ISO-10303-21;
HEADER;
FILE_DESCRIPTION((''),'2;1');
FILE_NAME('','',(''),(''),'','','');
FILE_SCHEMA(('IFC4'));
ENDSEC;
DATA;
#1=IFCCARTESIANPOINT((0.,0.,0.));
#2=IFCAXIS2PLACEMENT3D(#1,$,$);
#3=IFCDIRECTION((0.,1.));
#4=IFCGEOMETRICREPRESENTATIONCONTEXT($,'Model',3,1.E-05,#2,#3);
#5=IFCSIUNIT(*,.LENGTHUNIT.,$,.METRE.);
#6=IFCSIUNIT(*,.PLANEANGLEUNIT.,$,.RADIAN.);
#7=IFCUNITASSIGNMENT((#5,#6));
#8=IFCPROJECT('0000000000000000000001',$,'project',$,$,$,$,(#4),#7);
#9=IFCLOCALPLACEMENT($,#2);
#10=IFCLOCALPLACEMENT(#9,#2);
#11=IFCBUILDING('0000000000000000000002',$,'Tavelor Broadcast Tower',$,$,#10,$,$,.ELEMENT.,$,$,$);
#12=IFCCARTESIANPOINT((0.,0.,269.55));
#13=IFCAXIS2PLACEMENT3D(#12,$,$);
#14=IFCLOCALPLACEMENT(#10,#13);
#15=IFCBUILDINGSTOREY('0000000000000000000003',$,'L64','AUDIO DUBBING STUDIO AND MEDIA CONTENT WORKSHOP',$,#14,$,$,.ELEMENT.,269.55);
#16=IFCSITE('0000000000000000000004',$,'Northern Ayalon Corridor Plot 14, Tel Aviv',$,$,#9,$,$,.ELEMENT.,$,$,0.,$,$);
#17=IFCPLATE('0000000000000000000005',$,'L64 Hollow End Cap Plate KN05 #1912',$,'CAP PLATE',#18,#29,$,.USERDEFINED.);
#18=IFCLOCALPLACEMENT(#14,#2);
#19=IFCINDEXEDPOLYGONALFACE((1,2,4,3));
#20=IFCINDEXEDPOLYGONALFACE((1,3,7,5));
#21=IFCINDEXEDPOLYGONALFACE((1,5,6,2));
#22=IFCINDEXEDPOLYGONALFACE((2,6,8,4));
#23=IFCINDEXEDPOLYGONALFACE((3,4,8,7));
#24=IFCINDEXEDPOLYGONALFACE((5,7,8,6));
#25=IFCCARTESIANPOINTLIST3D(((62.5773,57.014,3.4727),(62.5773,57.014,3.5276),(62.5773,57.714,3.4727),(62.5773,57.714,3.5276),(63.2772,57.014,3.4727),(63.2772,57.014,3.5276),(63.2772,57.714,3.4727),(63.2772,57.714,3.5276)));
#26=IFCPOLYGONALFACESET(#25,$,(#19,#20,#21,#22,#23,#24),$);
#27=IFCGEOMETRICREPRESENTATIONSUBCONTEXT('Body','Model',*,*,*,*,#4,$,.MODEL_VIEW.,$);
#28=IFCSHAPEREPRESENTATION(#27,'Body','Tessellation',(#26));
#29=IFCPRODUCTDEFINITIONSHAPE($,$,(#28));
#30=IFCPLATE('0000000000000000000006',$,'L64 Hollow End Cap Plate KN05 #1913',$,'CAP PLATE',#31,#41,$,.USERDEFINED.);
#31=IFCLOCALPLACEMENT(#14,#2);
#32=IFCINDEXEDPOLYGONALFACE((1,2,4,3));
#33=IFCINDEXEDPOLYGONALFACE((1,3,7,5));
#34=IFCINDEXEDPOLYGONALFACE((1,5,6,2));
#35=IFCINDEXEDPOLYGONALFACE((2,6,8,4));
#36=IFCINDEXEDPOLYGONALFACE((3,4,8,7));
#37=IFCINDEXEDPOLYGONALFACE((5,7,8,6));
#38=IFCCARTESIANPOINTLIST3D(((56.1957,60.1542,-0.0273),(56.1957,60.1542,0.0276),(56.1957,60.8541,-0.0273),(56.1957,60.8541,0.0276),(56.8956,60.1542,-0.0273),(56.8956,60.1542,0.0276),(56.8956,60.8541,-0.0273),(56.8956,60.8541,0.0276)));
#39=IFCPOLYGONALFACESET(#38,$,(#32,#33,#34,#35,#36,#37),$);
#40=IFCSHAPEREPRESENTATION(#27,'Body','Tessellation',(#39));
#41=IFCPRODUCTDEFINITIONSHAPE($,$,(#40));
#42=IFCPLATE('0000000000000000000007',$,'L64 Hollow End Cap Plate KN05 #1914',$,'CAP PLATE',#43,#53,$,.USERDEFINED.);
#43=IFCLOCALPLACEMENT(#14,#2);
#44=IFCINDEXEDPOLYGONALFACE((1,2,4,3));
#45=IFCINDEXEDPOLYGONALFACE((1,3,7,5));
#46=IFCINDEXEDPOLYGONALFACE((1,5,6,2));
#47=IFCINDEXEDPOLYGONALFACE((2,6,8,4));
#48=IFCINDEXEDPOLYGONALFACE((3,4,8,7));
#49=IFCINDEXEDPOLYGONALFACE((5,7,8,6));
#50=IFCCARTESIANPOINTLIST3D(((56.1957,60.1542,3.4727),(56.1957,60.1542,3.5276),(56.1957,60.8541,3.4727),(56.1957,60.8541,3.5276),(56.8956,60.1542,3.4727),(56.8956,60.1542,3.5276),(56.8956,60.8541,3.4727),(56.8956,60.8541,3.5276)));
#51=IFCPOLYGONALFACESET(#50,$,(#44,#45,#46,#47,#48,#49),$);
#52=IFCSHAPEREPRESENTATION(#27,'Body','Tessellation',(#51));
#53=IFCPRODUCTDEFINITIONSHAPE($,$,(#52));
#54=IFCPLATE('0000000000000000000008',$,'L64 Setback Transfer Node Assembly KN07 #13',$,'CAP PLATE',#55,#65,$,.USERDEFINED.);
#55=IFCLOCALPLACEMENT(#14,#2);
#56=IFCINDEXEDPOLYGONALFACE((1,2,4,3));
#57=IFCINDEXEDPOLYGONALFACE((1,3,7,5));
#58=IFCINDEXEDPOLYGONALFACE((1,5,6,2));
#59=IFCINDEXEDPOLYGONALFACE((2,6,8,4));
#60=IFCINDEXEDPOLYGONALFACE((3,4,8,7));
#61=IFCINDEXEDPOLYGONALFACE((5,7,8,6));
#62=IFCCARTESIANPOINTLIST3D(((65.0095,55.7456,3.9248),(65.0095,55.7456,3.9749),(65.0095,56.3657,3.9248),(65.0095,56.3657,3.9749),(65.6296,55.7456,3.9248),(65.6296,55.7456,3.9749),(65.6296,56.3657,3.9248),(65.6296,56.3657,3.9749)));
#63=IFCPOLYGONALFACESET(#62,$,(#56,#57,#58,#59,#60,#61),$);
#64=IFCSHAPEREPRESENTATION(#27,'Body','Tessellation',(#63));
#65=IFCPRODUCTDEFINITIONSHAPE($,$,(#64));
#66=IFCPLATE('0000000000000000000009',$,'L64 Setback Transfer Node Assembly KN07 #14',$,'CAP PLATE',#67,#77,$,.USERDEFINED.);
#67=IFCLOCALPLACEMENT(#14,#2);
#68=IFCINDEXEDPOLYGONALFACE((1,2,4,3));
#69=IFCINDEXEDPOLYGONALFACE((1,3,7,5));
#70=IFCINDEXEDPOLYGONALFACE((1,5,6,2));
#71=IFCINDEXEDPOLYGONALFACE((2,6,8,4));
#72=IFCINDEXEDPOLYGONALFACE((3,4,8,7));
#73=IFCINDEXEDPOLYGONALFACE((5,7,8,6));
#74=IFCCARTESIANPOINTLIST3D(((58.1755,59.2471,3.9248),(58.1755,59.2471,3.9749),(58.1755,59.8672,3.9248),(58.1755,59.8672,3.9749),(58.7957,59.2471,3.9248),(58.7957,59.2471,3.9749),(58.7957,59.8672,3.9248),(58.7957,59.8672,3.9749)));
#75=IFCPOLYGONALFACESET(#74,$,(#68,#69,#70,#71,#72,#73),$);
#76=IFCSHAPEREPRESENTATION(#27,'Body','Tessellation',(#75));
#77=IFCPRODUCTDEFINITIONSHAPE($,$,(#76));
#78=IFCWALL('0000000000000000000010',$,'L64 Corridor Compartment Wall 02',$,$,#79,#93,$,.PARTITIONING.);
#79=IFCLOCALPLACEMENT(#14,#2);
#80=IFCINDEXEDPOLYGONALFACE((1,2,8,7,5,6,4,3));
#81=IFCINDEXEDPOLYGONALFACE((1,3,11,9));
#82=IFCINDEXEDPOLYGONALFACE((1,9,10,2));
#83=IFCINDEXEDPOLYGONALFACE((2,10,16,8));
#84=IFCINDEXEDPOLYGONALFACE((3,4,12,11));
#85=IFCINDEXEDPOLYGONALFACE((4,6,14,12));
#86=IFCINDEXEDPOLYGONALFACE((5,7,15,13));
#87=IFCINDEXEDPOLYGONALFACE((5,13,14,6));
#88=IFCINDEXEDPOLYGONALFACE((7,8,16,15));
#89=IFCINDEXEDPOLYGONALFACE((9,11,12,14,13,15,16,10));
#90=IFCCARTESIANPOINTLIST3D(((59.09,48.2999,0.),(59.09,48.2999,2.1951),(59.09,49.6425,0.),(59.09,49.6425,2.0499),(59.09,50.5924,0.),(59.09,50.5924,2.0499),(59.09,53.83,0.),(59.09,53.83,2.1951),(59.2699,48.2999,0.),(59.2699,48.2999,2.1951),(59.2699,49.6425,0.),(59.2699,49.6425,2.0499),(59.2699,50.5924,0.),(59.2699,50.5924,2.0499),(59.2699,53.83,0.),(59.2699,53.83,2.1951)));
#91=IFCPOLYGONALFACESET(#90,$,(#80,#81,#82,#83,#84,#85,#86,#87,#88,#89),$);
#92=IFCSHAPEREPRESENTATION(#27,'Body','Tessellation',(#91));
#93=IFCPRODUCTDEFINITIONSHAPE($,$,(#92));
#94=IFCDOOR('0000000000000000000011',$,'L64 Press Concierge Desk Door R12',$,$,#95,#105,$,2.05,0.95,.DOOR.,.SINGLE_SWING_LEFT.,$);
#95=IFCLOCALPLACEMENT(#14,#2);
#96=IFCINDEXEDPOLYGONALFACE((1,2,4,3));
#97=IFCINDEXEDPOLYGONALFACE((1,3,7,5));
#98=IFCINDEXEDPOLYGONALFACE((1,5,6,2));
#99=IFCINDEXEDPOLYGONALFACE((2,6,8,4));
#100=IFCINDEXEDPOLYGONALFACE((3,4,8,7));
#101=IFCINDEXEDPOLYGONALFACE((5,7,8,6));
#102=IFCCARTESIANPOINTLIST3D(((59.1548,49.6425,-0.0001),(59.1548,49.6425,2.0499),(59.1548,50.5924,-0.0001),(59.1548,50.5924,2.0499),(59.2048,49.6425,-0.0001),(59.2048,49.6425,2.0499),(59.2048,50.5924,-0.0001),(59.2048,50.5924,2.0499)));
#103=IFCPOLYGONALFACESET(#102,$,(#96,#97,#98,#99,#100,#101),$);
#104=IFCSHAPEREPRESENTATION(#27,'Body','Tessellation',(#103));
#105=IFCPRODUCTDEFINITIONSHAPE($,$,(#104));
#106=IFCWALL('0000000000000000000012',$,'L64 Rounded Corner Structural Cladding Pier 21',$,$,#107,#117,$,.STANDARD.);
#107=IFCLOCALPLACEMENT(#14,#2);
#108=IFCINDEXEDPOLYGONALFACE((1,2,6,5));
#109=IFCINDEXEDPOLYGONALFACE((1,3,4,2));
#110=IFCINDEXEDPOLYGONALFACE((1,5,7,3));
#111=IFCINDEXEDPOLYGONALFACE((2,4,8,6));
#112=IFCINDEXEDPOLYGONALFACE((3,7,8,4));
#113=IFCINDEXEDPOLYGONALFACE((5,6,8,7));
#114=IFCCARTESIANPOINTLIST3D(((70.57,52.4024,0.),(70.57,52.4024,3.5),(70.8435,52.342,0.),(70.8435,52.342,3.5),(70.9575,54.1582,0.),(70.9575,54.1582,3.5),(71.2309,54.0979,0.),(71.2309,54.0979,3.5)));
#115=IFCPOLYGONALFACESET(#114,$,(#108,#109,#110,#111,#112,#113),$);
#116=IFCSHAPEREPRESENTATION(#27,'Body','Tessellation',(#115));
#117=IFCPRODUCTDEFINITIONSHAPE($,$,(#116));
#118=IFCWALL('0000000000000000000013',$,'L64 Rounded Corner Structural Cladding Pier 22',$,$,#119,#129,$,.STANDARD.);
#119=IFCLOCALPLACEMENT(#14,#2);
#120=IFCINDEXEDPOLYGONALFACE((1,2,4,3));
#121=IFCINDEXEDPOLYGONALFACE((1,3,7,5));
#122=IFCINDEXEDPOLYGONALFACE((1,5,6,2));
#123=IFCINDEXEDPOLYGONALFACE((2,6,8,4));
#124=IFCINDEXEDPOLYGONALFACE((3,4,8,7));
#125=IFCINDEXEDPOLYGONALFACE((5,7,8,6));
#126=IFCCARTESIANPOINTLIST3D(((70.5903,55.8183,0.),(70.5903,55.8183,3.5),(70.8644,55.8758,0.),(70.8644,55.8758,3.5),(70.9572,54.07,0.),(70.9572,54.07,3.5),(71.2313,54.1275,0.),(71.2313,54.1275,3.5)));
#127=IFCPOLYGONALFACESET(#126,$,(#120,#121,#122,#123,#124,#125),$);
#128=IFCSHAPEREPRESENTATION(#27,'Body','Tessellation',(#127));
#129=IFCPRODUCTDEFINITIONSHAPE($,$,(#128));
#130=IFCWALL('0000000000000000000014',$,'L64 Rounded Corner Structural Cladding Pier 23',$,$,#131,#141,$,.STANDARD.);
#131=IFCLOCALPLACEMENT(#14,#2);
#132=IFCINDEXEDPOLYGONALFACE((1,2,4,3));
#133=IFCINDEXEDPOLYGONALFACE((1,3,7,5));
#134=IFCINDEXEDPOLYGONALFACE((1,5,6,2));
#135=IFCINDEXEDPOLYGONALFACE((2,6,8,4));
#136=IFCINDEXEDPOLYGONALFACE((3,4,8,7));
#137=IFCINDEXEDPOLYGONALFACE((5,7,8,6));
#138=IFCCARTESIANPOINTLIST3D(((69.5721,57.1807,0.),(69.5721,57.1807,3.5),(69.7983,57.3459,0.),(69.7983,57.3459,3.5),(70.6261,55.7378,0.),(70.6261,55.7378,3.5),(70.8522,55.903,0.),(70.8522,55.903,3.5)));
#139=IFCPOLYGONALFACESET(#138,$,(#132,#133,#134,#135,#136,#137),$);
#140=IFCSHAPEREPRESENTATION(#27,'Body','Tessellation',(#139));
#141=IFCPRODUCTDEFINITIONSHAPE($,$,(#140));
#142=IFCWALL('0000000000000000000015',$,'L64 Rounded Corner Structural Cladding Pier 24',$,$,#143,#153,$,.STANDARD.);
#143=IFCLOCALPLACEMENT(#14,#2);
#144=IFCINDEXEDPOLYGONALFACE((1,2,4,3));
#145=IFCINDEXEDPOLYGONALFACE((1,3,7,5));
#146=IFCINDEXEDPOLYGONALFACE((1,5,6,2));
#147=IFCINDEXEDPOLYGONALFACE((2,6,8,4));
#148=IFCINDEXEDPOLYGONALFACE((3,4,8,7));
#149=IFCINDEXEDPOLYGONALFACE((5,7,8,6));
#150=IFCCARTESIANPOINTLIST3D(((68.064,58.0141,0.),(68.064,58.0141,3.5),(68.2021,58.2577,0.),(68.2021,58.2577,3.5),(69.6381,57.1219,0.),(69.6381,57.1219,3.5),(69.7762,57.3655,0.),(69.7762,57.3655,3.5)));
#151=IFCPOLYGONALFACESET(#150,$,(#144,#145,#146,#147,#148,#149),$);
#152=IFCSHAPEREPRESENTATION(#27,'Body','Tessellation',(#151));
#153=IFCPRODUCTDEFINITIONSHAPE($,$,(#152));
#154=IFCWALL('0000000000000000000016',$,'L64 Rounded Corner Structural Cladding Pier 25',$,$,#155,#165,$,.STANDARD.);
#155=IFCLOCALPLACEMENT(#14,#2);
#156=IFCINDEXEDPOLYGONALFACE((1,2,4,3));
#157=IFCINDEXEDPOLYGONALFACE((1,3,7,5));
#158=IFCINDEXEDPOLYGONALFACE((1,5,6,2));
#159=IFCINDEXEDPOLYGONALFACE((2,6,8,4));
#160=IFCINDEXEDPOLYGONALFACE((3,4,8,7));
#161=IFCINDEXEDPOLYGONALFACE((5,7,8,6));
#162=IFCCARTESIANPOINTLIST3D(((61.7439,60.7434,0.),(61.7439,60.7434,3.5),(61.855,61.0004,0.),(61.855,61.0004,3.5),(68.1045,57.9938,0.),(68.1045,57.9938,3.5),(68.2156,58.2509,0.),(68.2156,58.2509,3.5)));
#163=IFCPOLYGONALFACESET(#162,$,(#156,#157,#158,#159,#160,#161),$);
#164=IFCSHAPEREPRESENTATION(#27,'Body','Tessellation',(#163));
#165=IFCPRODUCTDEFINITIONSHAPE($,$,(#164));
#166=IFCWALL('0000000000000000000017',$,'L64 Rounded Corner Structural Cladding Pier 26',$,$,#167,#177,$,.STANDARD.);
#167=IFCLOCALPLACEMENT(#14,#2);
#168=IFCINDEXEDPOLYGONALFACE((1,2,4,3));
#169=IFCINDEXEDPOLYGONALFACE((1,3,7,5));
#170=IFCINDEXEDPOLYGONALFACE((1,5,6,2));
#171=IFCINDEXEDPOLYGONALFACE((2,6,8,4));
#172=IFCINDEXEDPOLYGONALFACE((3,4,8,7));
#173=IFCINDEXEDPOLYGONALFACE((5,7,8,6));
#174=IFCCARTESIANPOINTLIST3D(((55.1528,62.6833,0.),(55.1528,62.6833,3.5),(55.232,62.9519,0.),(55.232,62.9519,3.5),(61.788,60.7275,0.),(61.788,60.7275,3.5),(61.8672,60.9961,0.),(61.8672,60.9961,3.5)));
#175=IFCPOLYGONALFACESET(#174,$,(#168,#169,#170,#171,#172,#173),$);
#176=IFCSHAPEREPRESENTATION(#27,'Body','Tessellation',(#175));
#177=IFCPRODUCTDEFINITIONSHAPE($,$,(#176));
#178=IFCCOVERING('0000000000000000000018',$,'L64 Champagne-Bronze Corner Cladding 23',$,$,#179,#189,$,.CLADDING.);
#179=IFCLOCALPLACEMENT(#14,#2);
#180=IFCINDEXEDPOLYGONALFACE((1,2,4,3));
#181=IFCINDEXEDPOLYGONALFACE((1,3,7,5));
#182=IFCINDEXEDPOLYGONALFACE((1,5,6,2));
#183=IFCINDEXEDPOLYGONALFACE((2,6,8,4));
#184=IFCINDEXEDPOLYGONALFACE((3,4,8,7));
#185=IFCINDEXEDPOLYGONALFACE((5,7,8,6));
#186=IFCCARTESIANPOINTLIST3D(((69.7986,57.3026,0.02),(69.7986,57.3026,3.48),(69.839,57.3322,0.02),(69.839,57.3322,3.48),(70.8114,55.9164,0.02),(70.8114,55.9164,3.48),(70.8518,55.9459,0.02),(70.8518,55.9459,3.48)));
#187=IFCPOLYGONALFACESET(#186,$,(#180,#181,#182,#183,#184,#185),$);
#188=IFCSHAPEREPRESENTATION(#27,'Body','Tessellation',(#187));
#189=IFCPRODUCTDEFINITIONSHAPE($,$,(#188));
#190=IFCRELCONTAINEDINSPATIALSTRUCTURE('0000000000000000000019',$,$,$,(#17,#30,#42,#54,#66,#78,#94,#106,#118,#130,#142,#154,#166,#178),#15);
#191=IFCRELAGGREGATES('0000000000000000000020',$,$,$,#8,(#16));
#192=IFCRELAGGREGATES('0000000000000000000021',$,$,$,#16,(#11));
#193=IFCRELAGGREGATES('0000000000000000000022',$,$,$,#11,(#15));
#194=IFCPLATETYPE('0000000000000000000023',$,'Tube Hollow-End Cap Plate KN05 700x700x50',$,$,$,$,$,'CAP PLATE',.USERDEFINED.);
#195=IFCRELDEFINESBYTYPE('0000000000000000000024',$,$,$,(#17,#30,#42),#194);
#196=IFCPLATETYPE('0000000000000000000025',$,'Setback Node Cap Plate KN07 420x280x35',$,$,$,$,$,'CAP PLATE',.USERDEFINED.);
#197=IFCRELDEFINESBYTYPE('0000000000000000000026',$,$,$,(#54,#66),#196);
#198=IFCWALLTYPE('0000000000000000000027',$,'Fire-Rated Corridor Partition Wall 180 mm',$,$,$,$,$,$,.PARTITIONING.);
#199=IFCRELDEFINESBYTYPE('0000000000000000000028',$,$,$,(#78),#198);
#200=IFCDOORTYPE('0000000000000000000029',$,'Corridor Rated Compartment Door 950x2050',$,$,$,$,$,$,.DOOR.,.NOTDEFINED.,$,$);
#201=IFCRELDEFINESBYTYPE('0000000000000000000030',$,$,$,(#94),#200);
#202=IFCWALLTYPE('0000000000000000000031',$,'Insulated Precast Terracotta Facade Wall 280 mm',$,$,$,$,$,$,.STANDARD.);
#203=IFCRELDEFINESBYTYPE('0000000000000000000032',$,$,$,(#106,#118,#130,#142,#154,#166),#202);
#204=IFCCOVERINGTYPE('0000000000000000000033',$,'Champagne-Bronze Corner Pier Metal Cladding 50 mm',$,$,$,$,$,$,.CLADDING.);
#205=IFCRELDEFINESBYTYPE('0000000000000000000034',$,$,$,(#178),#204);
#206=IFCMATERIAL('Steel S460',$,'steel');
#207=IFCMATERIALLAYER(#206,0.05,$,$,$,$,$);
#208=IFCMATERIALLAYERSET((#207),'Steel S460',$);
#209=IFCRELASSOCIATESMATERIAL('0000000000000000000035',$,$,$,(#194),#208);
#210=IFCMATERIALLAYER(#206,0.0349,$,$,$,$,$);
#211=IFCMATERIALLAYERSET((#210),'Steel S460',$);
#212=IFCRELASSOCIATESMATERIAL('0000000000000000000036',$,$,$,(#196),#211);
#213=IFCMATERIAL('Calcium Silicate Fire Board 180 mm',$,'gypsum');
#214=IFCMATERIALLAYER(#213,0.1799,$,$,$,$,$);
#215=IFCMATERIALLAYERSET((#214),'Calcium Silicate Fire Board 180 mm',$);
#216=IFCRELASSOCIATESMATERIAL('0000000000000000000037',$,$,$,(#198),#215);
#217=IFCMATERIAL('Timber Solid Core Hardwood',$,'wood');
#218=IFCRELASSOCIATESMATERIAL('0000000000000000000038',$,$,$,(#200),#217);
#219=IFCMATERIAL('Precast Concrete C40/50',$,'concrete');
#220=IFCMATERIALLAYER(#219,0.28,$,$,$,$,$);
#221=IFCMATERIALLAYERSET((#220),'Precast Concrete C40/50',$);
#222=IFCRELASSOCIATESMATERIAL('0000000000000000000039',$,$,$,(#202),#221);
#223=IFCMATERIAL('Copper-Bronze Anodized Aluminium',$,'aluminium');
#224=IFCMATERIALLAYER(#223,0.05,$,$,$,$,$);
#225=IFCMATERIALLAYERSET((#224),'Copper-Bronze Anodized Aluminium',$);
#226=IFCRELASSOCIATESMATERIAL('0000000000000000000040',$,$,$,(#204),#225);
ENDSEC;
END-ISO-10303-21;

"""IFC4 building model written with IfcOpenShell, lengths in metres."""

from ifc_helpers import new_model, si_unit, direction, frame, frame_2d, origin, origin_2d, place, context, subcontext, project, spatial, rectangle, extrude, source, transform, mapped, material, layer, layer_set, type_object, type_shapes, element, fill, save


model = new_model("IFC4")

# Units and contexts
model_context = context("Model", 3, precision=1e-05, world=origin(), true_north=direction((0.0, 1.0)))
body_context = subcontext(model_context, "Body", "Model", "MODEL_VIEW")
ifc_project = project(units=[si_unit("LENGTHUNIT", "METRE"), si_unit("PLANEANGLEUNIT", "RADIAN")], contexts=[model_context])

# Site, building, storey
site_placement = place(None, origin())
site = spatial("IfcSite", under=ifc_project, at=site_placement, Name="Northern Ayalon Corridor Plot 14, Tel Aviv", CompositionType="ELEMENT", RefElevation=0.0)
building_placement = place(site_placement, origin())
building = spatial("IfcBuilding", under=site, at=building_placement, Name="Tavelor Broadcast Tower", CompositionType="ELEMENT")
storey_placement = place(building_placement, frame((0.0, 0.0, 269.55)))
storey = spatial("IfcBuildingStorey", under=building, at=storey_placement, Name="L64", Description="AUDIO DUBBING STUDIO AND MEDIA CONTENT WORKSHOP", CompositionType="ELEMENT", Elevation=269.55)

# Shared definitions
ifc_material_1 = material(Name="Steel S460", Category="steel")

# Plates
ifc_layer_1 = layer(ifc_material_1, 0.05)
ifc_layer_set_1 = layer_set([ifc_layer_1], Name="Steel S460")
plate_type_1 = type_object("IfcPlateType", Name="Tube Hollow-End Cap Plate KN05 700x700x50", ElementType="CAP PLATE", PredefinedType="USERDEFINED", material=ifc_layer_set_1)
shared_shape_1 = source(origin(), body_context, "Body", "SweptSolid", [
    extrude(rectangle(XDim=0.7, YDim=0.7, at=origin_2d()), origin(), (0.0, 0.0, 1.0), 0.0549),
])
type_shapes(plate_type_1, [shared_shape_1])
for number, where, z_axis, x_axis, name in (
    (1, (62.9272, 57.364, 3.4727), (0.0, 0.0, 1.0), (1.0, 0.0, 0.0), "L64 Hollow End Cap Plate KN05 #1912"),
    (2, (56.5457, 60.5042, -0.0273), (0.0, 0.0, 1.0), (1.0, 0.0, 0.0), "L64 Hollow End Cap Plate KN05 #1913"),
    (3, (56.5457, 60.5042, 3.4727), (0.0, 0.0, 1.0), (1.0, 0.0, 0.0), "L64 Hollow End Cap Plate KN05 #1914"),
):
    element("IfcPlate", number, at=place(storey_placement, frame(where, z_axis=z_axis, x_axis=x_axis)), inside=storey, type_object=plate_type_1, Name=name, ObjectType="CAP PLATE", PredefinedType="USERDEFINED", context=body_context, shape_type="MappedRepresentation", body=[
        mapped(shared_shape_1, transform((0.0, 0.0, 0.0), scale=1.0)),
    ])
ifc_layer_2 = layer(ifc_material_1, 0.0349)
ifc_layer_set_2 = layer_set([ifc_layer_2], Name="Steel S460")
plate_type_2 = type_object("IfcPlateType", Name="Setback Node Cap Plate KN07 420x280x35", ElementType="CAP PLATE", PredefinedType="USERDEFINED", material=ifc_layer_set_2)
shared_shape_2 = source(origin(), body_context, "Body", "SweptSolid", [
    extrude(rectangle(XDim=0.6201, YDim=0.6201, at=origin_2d()), origin(), (0.0, 0.0, 1.0), 0.05),
])
type_shapes(plate_type_2, [shared_shape_2])
for number, where, z_axis, x_axis, name in (
    (4, (65.3196, 56.0557, 3.9248), (0.0, 0.0, 1.0), (1.0, 0.0, 0.0), "L64 Setback Transfer Node Assembly KN07 #13"),
    (5, (58.4856, 59.5571, 3.9248), (0.0, 0.0, 1.0), (1.0, 0.0, 0.0), "L64 Setback Transfer Node Assembly KN07 #14"),
):
    element("IfcPlate", number, at=place(storey_placement, frame(where, z_axis=z_axis, x_axis=x_axis)), inside=storey, type_object=plate_type_2, Name=name, ObjectType="CAP PLATE", PredefinedType="USERDEFINED", context=body_context, shape_type="MappedRepresentation", body=[
        mapped(shared_shape_2, transform((0.0, 0.0, 0.0), scale=1.0)),
    ])

# Wall, opening, door
ifc_material_2 = material(Name="Calcium Silicate Fire Board 180 mm", Category="gypsum")
ifc_layer_3 = layer(ifc_material_2, 0.1799)
ifc_layer_set_3 = layer_set([ifc_layer_3], Name="Calcium Silicate Fire Board 180 mm")
wall_type_1 = type_object("IfcWallType", Name="Fire-Rated Corridor Partition Wall 180 mm", PredefinedType="PARTITIONING", material=ifc_layer_set_3)
wall_1_placement = place(storey_placement, frame((59.1799, 53.8301, 0.0), z_axis=(0.0, 0.0, 1.0), x_axis=(0.0, -1.0, 0.0)))
wall_1 = element("IfcWall", 6, at=wall_1_placement, inside=storey, type_object=wall_type_1, Name="L64 Corridor Compartment Wall 02", PredefinedType="PARTITIONING", context=body_context, shape_type="SweptSolid", body=[
    extrude(rectangle(XDim=5.53, YDim=0.1799, at=frame_2d((2.7651, 0.0))), origin(), (0.0, 0.0, 1.0), 2.1951),
])
opening_placement = place(wall_1_placement, frame((3.2375, 0.0, 0.0)))
opening = element("IfcOpeningElement", 7, at=opening_placement, cuts=wall_1, PredefinedType="OPENING", context=body_context, shape_type="SweptSolid", body=[
    extrude(rectangle(XDim=0.95, YDim=2.05, at=frame_2d((0.4751, 1.0249))), frame((0.0, 0.1001, 0.0), z_axis=(0.0, -1.0, 0.0), x_axis=(1.0, 0.0, 0.0)), (0.0, 0.0, 1.0), 0.2),
])
ifc_material_3 = material(Name="Timber Solid Core Hardwood", Category="wood")
door_type = type_object("IfcDoorType", Name="Corridor Rated Compartment Door 950x2050", OperationType="NOTDEFINED", PredefinedType="DOOR", material=ifc_material_3)
door_placement = place(opening_placement, origin())
door = element("IfcDoor", 8, at=door_placement, inside=storey, type_object=door_type, Name="L64 Press Concierge Desk Door R12", OperationType="SINGLE_SWING_LEFT", OverallHeight=2.05, OverallWidth=0.95, PredefinedType="DOOR", context=body_context, shape_type="SweptSolid", body=[
    extrude(rectangle(XDim=0.95, YDim=2.05, at=frame_2d((0.4751, 1.0249))), frame((0.0, 0.0249, 0.0), z_axis=(0.0, -1.0, 0.0), x_axis=(1.0, 0.0, 0.0)), (0.0, 0.0, 1.0), 0.05),
])
fill(opening, door)

# Walls
ifc_material_4 = material(Name="Precast Concrete C40/50", Category="concrete")
ifc_layer_4 = layer(ifc_material_4, 0.28)
ifc_layer_set_4 = layer_set([ifc_layer_4], Name="Precast Concrete C40/50")
wall_type_2 = type_object("IfcWallType", Name="Insulated Precast Terracotta Facade Wall 280 mm", PredefinedType="STANDARD", material=ifc_layer_set_4)
wall_2_placement = place(storey_placement, frame((70.7068, 52.3723, 0.0), z_axis=(0.0, 0.0, 1.0), x_axis=(0.215478, 0.976509, 0.0)))
element("IfcWall", 9, at=wall_2_placement, inside=storey, type_object=wall_type_2, Name="L64 Rounded Corner Structural Cladding Pier 21", PredefinedType="STANDARD", context=body_context, shape_type="SweptSolid", body=[
    extrude(rectangle(XDim=1.7981, YDim=0.28, at=frame_2d((0.8989, 0.0))), origin(), (0.0, 0.0, 1.0), 3.5),
])
wall_3_placement = place(storey_placement, frame((71.0942, 54.0989, 0.0), z_axis=(0.0, 0.0, 1.0), x_axis=(-0.205411, 0.978676, 0.0)))
element("IfcWall", 10, at=wall_3_placement, inside=storey, type_object=wall_type_2, Name="L64 Rounded Corner Structural Cladding Pier 22", PredefinedType="STANDARD", context=body_context, shape_type="SweptSolid", body=[
    extrude(rectangle(XDim=1.7864, YDim=0.28, at=frame_2d((0.8931, 0.0))), origin(), (0.0, 0.0, 1.0), 3.5),
])
wall_4_placement = place(storey_placement, frame((70.7393, 55.8203, 0.0), z_axis=(0.0, 0.0, 1.0), x_axis=(-0.589852, 0.807511, 0.0)))
element("IfcWall", 11, at=wall_4_placement, inside=storey, type_object=wall_type_2, Name="L64 Rounded Corner Structural Cladding Pier 23", PredefinedType="STANDARD", context=body_context, shape_type="SweptSolid", body=[
    extrude(rectangle(XDim=1.7869, YDim=0.28, at=frame_2d((0.8936, 0.0))), origin(), (0.0, 0.0, 1.0), 3.5),
])
wall_5_placement = place(storey_placement, frame((69.7073, 57.2437, 0.0), z_axis=(0.0, 0.0, 1.0), x_axis=(-0.869982, 0.493084, 0.0)))
element("IfcWall", 12, at=wall_5_placement, inside=storey, type_object=wall_type_2, Name="L64 Rounded Corner Structural Cladding Pier 24", PredefinedType="STANDARD", context=body_context, shape_type="SweptSolid", body=[
    extrude(rectangle(XDim=1.8093, YDim=0.28, at=frame_2d((0.9048, 0.0))), origin(), (0.0, 0.0, 1.0), 3.5),
])
wall_6_placement = place(storey_placement, frame((68.1602, 58.1223, 0.0), z_axis=(0.0, 0.0, 1.0), x_axis=(-0.91791, 0.396788, 0.0)))
element("IfcWall", 13, at=wall_6_placement, inside=storey, type_object=wall_type_2, Name="L64 Rounded Corner Structural Cladding Pier 25", PredefinedType="STANDARD", context=body_context, shape_type="SweptSolid", body=[
    extrude(rectangle(XDim=6.9294, YDim=0.28, at=frame_2d((3.4648, 0.0))), origin(), (0.0, 0.0, 1.0), 3.5),
])
wall_7_placement = place(storey_placement, frame((61.8276, 60.8618, 0.0), z_axis=(0.0, 0.0, 1.0), x_axis=(-0.959198, 0.282734, 0.0)))
element("IfcWall", 14, at=wall_7_placement, inside=storey, type_object=wall_type_2, Name="L64 Rounded Corner Structural Cladding Pier 26", PredefinedType="STANDARD", context=body_context, shape_type="SweptSolid", body=[
    extrude(rectangle(XDim=6.9175, YDim=0.28, at=frame_2d((3.4587, 0.0))), origin(), (0.0, 0.0, 1.0), 3.5),
])

# Covering
ifc_material_5 = material(Name="Copper-Bronze Anodized Aluminium", Category="aluminium")
ifc_layer_5 = layer(ifc_material_5, 0.05)
ifc_layer_set_5 = layer_set([ifc_layer_5], Name="Copper-Bronze Anodized Aluminium")
covering_type = type_object("IfcCoveringType", Name="Champagne-Bronze Corner Pier Metal Cladding 50 mm", PredefinedType="CLADDING", material=ifc_layer_set_5)
covering_placement = place(storey_placement, frame((70.3252, 56.6243, 0.02), z_axis=(0.0, 0.0, 1.0), x_axis=(-0.589901, 0.807475, 0.0)))
element("IfcCovering", 15, at=covering_placement, inside=storey, type_object=covering_type, Name="L64 Champagne-Bronze Corner Cladding 23", PredefinedType="CLADDING", context=body_context, shape_type="SweptSolid", body=[
    extrude(rectangle(XDim=1.7168, YDim=0.05, at=origin_2d()), origin(), (0.0, 0.0, 1.0), 3.46),
])

save(model, "model.ifc")
